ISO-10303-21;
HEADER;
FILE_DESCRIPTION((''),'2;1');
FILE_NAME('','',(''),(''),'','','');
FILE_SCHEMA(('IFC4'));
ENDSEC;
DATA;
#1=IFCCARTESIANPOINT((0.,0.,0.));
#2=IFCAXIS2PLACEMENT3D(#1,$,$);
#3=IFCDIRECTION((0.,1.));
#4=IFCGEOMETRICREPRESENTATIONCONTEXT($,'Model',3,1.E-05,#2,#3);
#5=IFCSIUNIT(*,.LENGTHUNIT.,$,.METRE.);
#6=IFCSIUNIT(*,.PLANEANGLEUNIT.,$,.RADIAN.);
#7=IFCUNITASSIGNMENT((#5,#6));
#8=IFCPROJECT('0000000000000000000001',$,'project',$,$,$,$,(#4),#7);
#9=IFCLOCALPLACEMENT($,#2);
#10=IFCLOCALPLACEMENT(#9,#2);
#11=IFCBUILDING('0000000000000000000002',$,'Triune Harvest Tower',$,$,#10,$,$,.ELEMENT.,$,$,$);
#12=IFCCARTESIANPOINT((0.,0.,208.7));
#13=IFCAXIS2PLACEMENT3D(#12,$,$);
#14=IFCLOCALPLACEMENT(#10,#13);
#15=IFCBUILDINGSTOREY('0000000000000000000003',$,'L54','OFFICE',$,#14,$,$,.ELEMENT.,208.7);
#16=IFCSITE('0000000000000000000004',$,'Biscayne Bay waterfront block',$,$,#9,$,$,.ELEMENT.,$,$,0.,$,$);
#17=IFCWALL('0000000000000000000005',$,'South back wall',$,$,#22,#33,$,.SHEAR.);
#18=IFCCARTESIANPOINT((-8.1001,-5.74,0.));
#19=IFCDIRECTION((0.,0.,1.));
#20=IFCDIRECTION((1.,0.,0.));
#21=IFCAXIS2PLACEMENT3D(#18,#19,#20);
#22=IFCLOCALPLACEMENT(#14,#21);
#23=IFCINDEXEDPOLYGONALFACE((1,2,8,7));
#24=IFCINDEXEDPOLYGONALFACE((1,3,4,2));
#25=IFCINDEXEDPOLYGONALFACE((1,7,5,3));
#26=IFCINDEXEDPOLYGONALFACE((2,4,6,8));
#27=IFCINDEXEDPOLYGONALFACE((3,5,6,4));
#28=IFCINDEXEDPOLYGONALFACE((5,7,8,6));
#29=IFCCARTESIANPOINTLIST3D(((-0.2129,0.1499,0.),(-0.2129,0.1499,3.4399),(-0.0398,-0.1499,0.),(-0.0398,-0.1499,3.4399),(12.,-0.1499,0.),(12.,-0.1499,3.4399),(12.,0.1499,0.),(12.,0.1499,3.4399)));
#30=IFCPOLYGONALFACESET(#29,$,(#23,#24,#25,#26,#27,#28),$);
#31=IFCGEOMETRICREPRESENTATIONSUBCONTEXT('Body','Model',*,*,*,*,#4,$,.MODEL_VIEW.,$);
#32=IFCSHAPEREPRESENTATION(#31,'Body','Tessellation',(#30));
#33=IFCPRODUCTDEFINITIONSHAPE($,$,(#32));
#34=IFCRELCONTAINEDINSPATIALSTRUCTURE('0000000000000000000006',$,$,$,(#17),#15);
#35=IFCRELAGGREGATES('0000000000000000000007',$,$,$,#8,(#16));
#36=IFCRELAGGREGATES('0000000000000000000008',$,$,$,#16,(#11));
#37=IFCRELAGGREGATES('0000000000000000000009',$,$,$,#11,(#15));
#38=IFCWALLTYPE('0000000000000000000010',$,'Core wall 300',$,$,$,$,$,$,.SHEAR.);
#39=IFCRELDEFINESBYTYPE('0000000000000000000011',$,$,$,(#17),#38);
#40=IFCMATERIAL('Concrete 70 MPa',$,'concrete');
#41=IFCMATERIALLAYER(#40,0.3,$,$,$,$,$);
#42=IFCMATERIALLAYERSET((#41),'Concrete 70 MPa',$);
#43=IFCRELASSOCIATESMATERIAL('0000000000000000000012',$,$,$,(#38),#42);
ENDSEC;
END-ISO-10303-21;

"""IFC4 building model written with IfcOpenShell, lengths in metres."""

from ifc_helpers import new_model, si_unit, direction, frame, origin, place, context, subcontext, project, spatial, polyline, outline, extrude, source, transform, mapped, material, layer, layer_set, type_object, element, save


model = new_model("IFC4")

# Units and contexts
model_context = context("Model", 3, precision=1e-05, world=origin(), true_north=direction((0.0, 1.0)))
body_context = subcontext(model_context, "Body", "Model", "MODEL_VIEW")
ifc_project = project(units=[si_unit("LENGTHUNIT", "METRE"), si_unit("PLANEANGLEUNIT", "RADIAN")], contexts=[model_context])

# Site, building, storey
site_placement = place(None, origin())
site = spatial("IfcSite", under=ifc_project, at=site_placement, Name="Biscayne Bay waterfront block", CompositionType="ELEMENT", RefElevation=0.0)
building_placement = place(site_placement, origin())
building = spatial("IfcBuilding", under=site, at=building_placement, Name="Triune Harvest Tower", CompositionType="ELEMENT")
storey_placement = place(building_placement, frame((0.0, 0.0, 208.7)))
storey = spatial("IfcBuildingStorey", under=building, at=storey_placement, Name="L54", Description="OFFICE", CompositionType="ELEMENT", Elevation=208.7)

# Shared definitions
ifc_material_1 = material(Name="Concrete 70 MPa", Category="concrete")
ifc_layer_1 = layer(ifc_material_1, 0.3)
ifc_layer_set_1 = layer_set([ifc_layer_1], Name="Concrete 70 MPa")
wall_type_1 = type_object("IfcWallType", Name="Core wall 300", PredefinedType="SHEAR", material=ifc_layer_set_1)

# Wall
shared_shape_1 = source(origin(), body_context, "Body", "SweptSolid", [
    extrude(outline(polyline([(12.0, -0.1499), (-0.0398, -0.1499), (-0.2129, 0.1499), (12.0, 0.1499), (12.0, -0.1499)])), origin(), (0.0, 0.0, 1.0), 3.4399),
])
wall_1_placement = place(storey_placement, frame((-8.1001, -5.74, 0.0), z_axis=(0.0, 0.0, 1.0), x_axis=(1.0, 0.0, 0.0)))
element("IfcWall", 1, at=wall_1_placement, inside=storey, type_object=wall_type_1, Name="South back wall", PredefinedType="SHEAR", context=body_context, shape_type="MappedRepresentation", body=[
    mapped(shared_shape_1, transform((0.0, 0.0, 0.0), scale=1.0)),
])

save(model, "model.ifc")
